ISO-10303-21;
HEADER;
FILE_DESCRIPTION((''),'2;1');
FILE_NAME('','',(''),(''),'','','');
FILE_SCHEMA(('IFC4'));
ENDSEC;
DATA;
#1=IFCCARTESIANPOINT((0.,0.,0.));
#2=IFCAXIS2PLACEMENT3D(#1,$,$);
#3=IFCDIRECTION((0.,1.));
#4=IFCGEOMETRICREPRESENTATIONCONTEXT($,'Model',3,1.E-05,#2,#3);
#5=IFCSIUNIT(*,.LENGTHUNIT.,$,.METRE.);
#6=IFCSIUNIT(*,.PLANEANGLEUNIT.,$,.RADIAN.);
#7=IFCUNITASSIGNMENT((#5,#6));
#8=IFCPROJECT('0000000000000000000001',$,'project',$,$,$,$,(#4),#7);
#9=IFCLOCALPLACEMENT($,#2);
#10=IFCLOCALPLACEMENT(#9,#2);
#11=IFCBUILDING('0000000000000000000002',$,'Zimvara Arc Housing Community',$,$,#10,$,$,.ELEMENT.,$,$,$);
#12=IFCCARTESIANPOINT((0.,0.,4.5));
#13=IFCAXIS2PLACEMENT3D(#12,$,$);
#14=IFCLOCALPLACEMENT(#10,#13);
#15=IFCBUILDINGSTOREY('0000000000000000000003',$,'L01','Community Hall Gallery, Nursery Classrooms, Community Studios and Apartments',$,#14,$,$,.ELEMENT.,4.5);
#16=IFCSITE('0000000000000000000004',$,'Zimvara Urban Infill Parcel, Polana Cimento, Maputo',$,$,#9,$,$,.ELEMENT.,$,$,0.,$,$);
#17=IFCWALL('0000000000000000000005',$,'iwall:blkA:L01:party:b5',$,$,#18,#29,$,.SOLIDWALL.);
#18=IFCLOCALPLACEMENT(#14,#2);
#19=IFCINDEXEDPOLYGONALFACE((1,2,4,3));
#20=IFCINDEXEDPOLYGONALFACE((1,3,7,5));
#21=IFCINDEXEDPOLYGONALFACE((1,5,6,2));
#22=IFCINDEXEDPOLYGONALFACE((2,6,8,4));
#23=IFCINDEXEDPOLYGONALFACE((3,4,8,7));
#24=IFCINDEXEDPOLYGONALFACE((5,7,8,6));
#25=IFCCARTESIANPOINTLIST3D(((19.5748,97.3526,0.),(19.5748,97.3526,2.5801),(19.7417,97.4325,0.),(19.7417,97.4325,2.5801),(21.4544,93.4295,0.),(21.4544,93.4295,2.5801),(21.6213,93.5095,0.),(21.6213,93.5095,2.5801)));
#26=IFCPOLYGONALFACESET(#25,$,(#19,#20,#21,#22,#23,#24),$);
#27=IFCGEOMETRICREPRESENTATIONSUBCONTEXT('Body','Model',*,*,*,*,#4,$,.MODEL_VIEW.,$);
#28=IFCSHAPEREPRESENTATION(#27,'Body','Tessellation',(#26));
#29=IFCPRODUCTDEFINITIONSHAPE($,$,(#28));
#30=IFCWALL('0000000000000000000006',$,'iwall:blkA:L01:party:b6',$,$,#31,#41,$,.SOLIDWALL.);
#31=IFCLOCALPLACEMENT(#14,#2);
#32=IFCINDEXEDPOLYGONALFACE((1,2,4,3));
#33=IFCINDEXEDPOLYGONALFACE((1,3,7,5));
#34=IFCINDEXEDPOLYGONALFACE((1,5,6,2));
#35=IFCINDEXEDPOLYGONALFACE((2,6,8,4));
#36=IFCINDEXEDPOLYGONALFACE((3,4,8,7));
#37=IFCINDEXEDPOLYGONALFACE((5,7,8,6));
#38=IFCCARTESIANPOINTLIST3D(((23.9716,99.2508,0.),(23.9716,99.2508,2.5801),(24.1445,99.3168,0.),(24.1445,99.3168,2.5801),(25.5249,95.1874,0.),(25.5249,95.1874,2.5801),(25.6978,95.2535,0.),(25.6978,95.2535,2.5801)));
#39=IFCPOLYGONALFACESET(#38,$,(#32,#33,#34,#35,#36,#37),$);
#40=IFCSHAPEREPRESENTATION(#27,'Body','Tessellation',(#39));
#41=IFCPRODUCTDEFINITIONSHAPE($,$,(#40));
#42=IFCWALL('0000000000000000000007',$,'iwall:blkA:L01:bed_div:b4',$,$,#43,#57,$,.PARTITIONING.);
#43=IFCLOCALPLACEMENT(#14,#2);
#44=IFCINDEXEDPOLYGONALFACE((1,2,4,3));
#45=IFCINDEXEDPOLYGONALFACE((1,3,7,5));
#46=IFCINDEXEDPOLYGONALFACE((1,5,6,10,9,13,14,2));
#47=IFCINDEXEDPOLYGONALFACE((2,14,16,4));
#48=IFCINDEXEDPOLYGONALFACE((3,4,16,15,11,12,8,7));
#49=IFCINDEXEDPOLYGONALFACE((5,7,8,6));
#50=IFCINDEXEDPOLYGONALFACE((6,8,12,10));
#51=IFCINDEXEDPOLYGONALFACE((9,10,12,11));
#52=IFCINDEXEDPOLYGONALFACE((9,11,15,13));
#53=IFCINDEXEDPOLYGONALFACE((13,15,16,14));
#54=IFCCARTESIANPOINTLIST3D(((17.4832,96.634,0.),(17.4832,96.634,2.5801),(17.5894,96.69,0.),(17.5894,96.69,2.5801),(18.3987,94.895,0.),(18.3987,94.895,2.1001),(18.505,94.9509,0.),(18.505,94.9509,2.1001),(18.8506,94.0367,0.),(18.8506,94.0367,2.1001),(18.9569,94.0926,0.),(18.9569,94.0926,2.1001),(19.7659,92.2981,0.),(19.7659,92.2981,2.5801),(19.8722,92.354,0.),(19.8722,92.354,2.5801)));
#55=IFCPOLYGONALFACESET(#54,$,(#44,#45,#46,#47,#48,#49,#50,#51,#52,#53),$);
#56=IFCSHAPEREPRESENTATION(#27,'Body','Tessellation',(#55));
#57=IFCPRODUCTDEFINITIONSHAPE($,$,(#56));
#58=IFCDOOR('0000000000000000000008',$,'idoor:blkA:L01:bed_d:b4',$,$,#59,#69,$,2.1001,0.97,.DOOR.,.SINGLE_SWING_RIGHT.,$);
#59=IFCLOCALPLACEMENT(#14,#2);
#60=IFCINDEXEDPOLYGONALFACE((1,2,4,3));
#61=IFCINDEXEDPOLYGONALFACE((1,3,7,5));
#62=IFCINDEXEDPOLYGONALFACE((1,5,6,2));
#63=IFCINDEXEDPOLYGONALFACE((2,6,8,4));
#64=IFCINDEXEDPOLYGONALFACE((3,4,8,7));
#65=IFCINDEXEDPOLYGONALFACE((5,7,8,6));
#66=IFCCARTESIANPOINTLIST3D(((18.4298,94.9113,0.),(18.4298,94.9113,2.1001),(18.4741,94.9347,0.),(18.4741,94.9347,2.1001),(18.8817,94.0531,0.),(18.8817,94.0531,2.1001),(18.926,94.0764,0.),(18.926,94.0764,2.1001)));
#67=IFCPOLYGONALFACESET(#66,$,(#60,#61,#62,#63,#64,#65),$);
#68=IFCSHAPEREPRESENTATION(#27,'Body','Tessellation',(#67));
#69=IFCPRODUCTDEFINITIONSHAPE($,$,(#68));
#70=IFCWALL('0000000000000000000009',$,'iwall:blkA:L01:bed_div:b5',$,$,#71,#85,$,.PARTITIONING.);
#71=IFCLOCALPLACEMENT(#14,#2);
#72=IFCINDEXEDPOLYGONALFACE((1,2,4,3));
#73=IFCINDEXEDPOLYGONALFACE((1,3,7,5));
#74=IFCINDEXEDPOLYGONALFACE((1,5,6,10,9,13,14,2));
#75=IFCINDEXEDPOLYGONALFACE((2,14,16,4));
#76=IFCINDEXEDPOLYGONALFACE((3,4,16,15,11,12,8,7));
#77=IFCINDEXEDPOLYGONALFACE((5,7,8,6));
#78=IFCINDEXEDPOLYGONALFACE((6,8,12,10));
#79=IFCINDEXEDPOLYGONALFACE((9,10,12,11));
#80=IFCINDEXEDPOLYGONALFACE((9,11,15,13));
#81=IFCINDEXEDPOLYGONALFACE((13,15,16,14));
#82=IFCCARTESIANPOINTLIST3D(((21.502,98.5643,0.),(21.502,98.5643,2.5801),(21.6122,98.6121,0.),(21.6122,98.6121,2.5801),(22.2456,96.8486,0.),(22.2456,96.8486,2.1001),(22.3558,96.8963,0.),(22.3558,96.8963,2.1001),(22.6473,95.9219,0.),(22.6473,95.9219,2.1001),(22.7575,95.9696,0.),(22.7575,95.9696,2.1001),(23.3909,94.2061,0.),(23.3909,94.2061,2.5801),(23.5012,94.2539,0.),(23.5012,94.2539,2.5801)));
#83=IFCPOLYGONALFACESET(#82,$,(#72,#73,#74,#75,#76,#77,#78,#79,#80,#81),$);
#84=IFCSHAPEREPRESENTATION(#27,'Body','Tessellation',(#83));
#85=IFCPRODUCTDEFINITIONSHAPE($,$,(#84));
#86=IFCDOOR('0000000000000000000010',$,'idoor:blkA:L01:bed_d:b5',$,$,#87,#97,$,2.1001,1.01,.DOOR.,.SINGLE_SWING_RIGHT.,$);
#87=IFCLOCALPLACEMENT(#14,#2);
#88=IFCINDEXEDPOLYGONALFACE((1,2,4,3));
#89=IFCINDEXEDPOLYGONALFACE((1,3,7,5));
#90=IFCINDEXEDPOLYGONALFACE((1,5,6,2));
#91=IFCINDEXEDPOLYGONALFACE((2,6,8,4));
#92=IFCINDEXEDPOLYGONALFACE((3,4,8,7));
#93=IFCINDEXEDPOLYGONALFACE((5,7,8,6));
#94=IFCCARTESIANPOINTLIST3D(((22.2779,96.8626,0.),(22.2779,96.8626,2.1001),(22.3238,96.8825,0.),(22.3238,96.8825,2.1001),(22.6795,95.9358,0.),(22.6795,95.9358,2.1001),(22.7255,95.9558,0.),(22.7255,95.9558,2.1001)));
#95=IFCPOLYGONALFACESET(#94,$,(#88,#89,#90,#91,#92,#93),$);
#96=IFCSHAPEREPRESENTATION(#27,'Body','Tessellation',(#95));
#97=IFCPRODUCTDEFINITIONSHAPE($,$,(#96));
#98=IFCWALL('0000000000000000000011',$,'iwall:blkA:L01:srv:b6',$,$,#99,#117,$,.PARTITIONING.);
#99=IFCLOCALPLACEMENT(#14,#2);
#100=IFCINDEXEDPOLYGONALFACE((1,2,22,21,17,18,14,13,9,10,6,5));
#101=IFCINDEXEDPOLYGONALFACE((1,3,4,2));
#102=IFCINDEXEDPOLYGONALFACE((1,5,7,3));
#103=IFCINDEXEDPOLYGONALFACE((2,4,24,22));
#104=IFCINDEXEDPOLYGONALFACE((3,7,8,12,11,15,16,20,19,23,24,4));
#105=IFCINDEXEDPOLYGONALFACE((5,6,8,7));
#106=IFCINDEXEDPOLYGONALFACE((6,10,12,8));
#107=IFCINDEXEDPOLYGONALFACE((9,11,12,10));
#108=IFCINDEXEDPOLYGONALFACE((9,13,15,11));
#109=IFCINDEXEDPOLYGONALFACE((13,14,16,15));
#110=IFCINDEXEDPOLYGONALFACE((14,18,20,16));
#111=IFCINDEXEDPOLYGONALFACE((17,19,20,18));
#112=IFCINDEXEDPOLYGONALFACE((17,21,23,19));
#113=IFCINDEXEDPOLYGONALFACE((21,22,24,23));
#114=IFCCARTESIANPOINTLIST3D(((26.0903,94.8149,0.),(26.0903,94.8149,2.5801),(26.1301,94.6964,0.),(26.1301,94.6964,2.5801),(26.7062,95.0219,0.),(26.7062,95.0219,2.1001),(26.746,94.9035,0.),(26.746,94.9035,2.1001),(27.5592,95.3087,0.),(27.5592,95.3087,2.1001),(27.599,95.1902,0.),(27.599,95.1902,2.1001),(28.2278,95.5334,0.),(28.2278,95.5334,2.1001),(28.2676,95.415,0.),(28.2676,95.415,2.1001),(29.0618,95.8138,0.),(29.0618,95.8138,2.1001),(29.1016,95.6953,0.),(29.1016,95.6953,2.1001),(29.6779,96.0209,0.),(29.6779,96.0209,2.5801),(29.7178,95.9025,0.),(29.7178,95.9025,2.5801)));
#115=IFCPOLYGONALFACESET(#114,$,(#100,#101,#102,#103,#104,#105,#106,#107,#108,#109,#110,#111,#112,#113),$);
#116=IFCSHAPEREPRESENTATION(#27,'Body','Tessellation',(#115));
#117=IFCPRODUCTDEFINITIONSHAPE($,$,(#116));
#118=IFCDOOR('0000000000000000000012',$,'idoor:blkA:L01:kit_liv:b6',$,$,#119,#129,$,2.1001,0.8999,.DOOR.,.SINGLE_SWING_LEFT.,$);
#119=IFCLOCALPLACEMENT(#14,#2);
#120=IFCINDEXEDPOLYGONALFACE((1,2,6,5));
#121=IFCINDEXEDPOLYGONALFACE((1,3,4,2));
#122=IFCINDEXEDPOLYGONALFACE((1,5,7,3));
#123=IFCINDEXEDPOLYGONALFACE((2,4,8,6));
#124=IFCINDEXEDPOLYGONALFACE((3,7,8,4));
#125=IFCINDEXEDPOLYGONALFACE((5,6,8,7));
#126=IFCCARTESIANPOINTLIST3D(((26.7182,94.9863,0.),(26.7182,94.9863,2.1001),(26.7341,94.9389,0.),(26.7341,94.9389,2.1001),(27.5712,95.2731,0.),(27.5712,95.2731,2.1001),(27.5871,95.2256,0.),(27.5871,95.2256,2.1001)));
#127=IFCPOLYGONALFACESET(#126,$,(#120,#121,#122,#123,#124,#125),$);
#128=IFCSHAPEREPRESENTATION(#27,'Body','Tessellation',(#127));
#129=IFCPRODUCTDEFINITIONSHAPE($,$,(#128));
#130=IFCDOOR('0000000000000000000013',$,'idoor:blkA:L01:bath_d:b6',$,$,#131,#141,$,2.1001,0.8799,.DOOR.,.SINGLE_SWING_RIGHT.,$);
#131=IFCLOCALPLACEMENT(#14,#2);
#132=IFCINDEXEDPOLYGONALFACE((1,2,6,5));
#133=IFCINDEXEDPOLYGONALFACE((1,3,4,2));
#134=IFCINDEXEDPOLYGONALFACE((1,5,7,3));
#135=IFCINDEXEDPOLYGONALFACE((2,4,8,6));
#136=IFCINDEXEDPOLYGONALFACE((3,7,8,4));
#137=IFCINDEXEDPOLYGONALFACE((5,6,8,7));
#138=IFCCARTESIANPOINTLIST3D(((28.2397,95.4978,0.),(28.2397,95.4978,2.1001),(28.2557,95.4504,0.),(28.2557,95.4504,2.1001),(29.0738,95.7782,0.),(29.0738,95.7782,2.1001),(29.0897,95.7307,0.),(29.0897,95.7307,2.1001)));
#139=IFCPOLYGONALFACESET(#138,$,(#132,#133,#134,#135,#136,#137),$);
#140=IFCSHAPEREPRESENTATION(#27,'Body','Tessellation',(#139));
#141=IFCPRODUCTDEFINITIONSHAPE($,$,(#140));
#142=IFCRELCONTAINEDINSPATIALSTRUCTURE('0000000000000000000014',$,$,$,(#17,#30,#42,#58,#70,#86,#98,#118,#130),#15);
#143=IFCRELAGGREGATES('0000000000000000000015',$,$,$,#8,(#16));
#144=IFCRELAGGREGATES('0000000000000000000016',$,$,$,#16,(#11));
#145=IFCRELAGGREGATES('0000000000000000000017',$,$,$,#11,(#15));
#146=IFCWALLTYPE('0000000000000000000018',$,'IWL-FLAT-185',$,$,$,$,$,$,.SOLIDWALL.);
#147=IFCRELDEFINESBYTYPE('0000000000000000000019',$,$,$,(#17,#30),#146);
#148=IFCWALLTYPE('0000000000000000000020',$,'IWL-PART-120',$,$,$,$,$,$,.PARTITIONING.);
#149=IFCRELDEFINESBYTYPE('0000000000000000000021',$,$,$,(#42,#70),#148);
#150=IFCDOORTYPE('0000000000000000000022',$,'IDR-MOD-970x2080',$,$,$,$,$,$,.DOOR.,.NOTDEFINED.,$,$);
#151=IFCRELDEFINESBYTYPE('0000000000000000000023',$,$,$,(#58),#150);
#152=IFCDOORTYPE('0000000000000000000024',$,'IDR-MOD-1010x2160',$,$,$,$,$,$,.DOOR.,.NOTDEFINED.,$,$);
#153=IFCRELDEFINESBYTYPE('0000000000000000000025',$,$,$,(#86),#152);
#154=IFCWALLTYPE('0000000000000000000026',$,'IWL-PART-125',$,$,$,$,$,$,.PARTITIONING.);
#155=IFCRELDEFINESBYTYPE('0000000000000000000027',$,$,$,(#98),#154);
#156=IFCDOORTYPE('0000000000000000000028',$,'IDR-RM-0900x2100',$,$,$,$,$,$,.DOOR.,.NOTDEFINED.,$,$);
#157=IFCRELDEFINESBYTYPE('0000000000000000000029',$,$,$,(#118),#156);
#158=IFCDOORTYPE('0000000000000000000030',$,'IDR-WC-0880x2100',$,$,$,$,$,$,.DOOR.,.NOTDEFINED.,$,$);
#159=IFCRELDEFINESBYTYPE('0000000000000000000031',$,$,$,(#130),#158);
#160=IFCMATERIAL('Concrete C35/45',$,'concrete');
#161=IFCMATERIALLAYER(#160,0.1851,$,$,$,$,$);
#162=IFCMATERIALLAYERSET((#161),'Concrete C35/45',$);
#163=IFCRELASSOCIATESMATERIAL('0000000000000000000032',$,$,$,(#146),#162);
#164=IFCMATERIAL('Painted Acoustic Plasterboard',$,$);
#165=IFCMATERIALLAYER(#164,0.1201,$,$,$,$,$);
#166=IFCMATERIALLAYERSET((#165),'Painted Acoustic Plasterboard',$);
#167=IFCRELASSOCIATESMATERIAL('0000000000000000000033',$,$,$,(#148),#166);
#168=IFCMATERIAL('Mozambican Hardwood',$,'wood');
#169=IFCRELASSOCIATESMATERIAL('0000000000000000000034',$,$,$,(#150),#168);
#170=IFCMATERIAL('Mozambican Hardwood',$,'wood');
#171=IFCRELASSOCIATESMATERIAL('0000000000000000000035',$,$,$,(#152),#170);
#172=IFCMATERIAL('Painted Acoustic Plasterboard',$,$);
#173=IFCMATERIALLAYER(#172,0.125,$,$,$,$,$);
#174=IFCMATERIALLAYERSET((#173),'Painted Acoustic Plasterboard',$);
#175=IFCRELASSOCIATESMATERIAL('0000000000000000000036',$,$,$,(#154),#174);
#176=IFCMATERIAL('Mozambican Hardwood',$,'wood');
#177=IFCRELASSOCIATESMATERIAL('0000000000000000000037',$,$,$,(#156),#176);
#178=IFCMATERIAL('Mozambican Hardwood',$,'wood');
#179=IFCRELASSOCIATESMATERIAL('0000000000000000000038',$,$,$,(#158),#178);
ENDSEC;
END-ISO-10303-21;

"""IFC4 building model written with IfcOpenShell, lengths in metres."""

from ifc_helpers import new_model, si_unit, direction, frame, frame_2d, origin, place, context, subcontext, project, spatial, rectangle, extrude, material, layer, layer_set, type_object, element, fill, save


model = new_model("IFC4")

# Units and contexts
model_context = context("Model", 3, precision=1e-05, world=origin(), true_north=direction((0.0, 1.0)))
body_context = subcontext(model_context, "Body", "Model", "MODEL_VIEW")
ifc_project = project(units=[si_unit("LENGTHUNIT", "METRE"), si_unit("PLANEANGLEUNIT", "RADIAN")], contexts=[model_context])

# Site, building, storey
site_placement = place(None, origin())
site = spatial("IfcSite", under=ifc_project, at=site_placement, Name="Zimvara Urban Infill Parcel, Polana Cimento, Maputo", CompositionType="ELEMENT", RefElevation=0.0)
building_placement = place(site_placement, origin())
building = spatial("IfcBuilding", under=site, at=building_placement, Name="Zimvara Arc Housing Community", CompositionType="ELEMENT")
storey_placement = place(building_placement, frame((0.0, 0.0, 4.5)))
storey = spatial("IfcBuildingStorey", under=building, at=storey_placement, Name="L01", Description="Community Hall Gallery, Nursery Classrooms, Community Studios and Apartments", CompositionType="ELEMENT", Elevation=4.5)

# Walls
ifc_material_1 = material(Name="Concrete C35/45", Category="concrete")
ifc_layer_1 = layer(ifc_material_1, 0.1851)
ifc_layer_set_1 = layer_set([ifc_layer_1], Name="Concrete C35/45")
wall_type_1 = type_object("IfcWallType", Name="IWL-FLAT-185", PredefinedType="SOLIDWALL", material=ifc_layer_set_1)
for number, where, z_axis, x_axis, name in (
    (1, (21.5378, 93.4695, 0.0), (0.0, 0.0, 1.0), (-0.432087, 0.901832, 0.0), "iwall:blkA:L01:party:b5"),
    (2, (25.6113, 95.2205, 0.0), (0.0, 0.0, 1.0), (-0.357064, 0.93408, 0.0), "iwall:blkA:L01:party:b6"),
):
    element("IfcWall", number, at=place(storey_placement, frame(where, z_axis=z_axis, x_axis=x_axis)), inside=storey, type_object=wall_type_1, Name=name, PredefinedType="SOLIDWALL", context=body_context, shape_type="SweptSolid", body=[
        extrude(rectangle(XDim=4.3501, YDim=0.1851, at=frame_2d((2.175, 0.0))), origin(), (0.0, 0.0, 1.0), 2.5801),
    ])

# Walls, openings, doors
ifc_material_2 = material(Name="Painted Acoustic Plasterboard")
ifc_layer_2 = layer(ifc_material_2, 0.1201)
ifc_layer_set_2 = layer_set([ifc_layer_2], Name="Painted Acoustic Plasterboard")
wall_type_2 = type_object("IfcWallType", Name="IWL-PART-120", PredefinedType="PARTITIONING", material=ifc_layer_set_2)
wall_1_placement = place(storey_placement, frame((19.8191, 92.3259, 0.0), z_axis=(0.0, 0.0, 1.0), x_axis=(-0.465849, 0.884864, 0.0)))
wall_1 = element("IfcWall", 3, at=wall_1_placement, inside=storey, type_object=wall_type_2, Name="iwall:blkA:L01:bed_div:b4", PredefinedType="PARTITIONING", context=body_context, shape_type="SweptSolid", body=[
    extrude(rectangle(XDim=4.9001, YDim=0.1201, at=frame_2d((2.4502, 0.0))), origin(), (0.0, 0.0, 1.0), 2.5801),
])
opening_1_placement = place(wall_1_placement, frame((1.9651, 0.0, 0.0)))
opening_1 = element("IfcOpeningElement", 4, at=opening_1_placement, cuts=wall_1, PredefinedType="OPENING", context=body_context, shape_type="SweptSolid", body=[
    extrude(rectangle(XDim=0.97, YDim=2.1001, at=frame_2d((0.4849, 1.05))), frame((0.0, 0.0701, 0.0), z_axis=(0.0, -1.0, 0.0), x_axis=(1.0, 0.0, 0.0)), (0.0, 0.0, 1.0), 0.1401),
])
ifc_material_3 = material(Name="Mozambican Hardwood", Category="wood")
door_type_1 = type_object("IfcDoorType", Name="IDR-MOD-970x2080", OperationType="NOTDEFINED", PredefinedType="DOOR", material=ifc_material_3)
door_1_placement = place(opening_1_placement, origin())
door_1 = element("IfcDoor", 5, at=door_1_placement, inside=storey, type_object=door_type_1, Name="idoor:blkA:L01:bed_d:b4", OperationType="SINGLE_SWING_RIGHT", OverallHeight=2.1001, OverallWidth=0.97, PredefinedType="DOOR", context=body_context, shape_type="SweptSolid", body=[
    extrude(rectangle(XDim=0.97, YDim=2.1001, at=frame_2d((0.4849, 1.05))), frame((0.0, 0.0249, 0.0), z_axis=(0.0, -1.0, 0.0), x_axis=(1.0, 0.0, 0.0)), (0.0, 0.0, 1.0), 0.05),
])
fill(opening_1, door_1)
wall_2_placement = place(storey_placement, frame((23.446, 94.23, 0.0), z_axis=(0.0, 0.0, 1.0), x_axis=(-0.397675, 0.917526, 0.0)))
wall_2 = element("IfcWall", 6, at=wall_2_placement, inside=storey, type_object=wall_type_2, Name="iwall:blkA:L01:bed_div:b5", PredefinedType="PARTITIONING", context=body_context, shape_type="SweptSolid", body=[
    extrude(rectangle(XDim=4.75, YDim=0.1201, at=frame_2d((2.375, 0.0))), origin(), (0.0, 0.0, 1.0), 2.5801),
])
opening_2_placement = place(wall_2_placement, frame((1.8701, 0.0, 0.0)))
opening_2 = element("IfcOpeningElement", 7, at=opening_2_placement, cuts=wall_2, PredefinedType="OPENING", context=body_context, shape_type="SweptSolid", body=[
    extrude(rectangle(XDim=1.01, YDim=2.1001, at=frame_2d((0.5049, 1.05))), frame((0.0, 0.0701, 0.0), z_axis=(0.0, -1.0, 0.0), x_axis=(1.0, 0.0, 0.0)), (0.0, 0.0, 1.0), 0.1401),
])
ifc_material_4 = material(Name="Mozambican Hardwood", Category="wood")
door_type_2 = type_object("IfcDoorType", Name="IDR-MOD-1010x2160", OperationType="NOTDEFINED", PredefinedType="DOOR", material=ifc_material_4)
door_2_placement = place(opening_2_placement, origin())
door_2 = element("IfcDoor", 8, at=door_2_placement, inside=storey, type_object=door_type_2, Name="idoor:blkA:L01:bed_d:b5", OperationType="SINGLE_SWING_RIGHT", OverallHeight=2.1001, OverallWidth=1.01, PredefinedType="DOOR", context=body_context, shape_type="SweptSolid", body=[
    extrude(rectangle(XDim=1.01, YDim=2.1001, at=frame_2d((0.5049, 1.05))), frame((0.0, 0.0249, 0.0), z_axis=(0.0, -1.0, 0.0), x_axis=(1.0, 0.0, 0.0)), (0.0, 0.0, 1.0), 0.05),
])
fill(opening_2, door_2)

# Wall, openings, doors
ifc_material_5 = material(Name="Painted Acoustic Plasterboard")
ifc_layer_3 = layer(ifc_material_5, 0.125)
ifc_layer_set_3 = layer_set([ifc_layer_3], Name="Painted Acoustic Plasterboard")
wall_type_3 = type_object("IfcWallType", Name="IWL-PART-125", PredefinedType="PARTITIONING", material=ifc_layer_set_3)
wall_3_placement = place(storey_placement, frame((26.1101, 94.7556, 0.0), z_axis=(0.0, 0.0, 1.0), x_axis=(0.947874, 0.318646, 0.0)))
wall_3 = element("IfcWall", 9, at=wall_3_placement, inside=storey, type_object=wall_type_3, Name="iwall:blkA:L01:srv:b6", PredefinedType="PARTITIONING", context=body_context, shape_type="SweptSolid", body=[
    extrude(rectangle(XDim=3.7849, YDim=0.125, at=frame_2d((1.8926, 0.0))), origin(), (0.0, 0.0, 1.0), 2.5801),
])
opening_3_placement = place(wall_3_placement, frame((0.6499, 0.0, 0.0)))
opening_3 = element("IfcOpeningElement", 10, at=opening_3_placement, cuts=wall_3, PredefinedType="OPENING", context=body_context, shape_type="SweptSolid", body=[
    extrude(rectangle(XDim=0.8999, YDim=2.1001, at=frame_2d((0.45, 1.05))), frame((0.0, 0.0725, 0.0), z_axis=(0.0, -1.0, 0.0), x_axis=(1.0, 0.0, 0.0)), (0.0, 0.0, 1.0), 0.145),
])
opening_4_placement = place(wall_3_placement, frame((2.2551, 0.0, 0.0)))
opening_4 = element("IfcOpeningElement", 11, at=opening_4_placement, cuts=wall_3, PredefinedType="OPENING", context=body_context, shape_type="SweptSolid", body=[
    extrude(rectangle(XDim=0.8799, YDim=2.1001, at=frame_2d((0.4399, 1.05))), frame((0.0, 0.0725, 0.0), z_axis=(0.0, -1.0, 0.0), x_axis=(1.0, 0.0, 0.0)), (0.0, 0.0, 1.0), 0.145),
])
ifc_material_6 = material(Name="Mozambican Hardwood", Category="wood")
door_type_3 = type_object("IfcDoorType", Name="IDR-RM-0900x2100", OperationType="NOTDEFINED", PredefinedType="DOOR", material=ifc_material_6)
door_3_placement = place(opening_3_placement, origin())
door_3 = element("IfcDoor", 12, at=door_3_placement, inside=storey, type_object=door_type_3, Name="idoor:blkA:L01:kit_liv:b6", OperationType="SINGLE_SWING_LEFT", OverallHeight=2.1001, OverallWidth=0.8999, PredefinedType="DOOR", context=body_context, shape_type="SweptSolid", body=[
    extrude(rectangle(XDim=0.8999, YDim=2.1001, at=frame_2d((0.45, 1.05))), frame((0.0, 0.0249, 0.0), z_axis=(0.0, -1.0, 0.0), x_axis=(1.0, 0.0, 0.0)), (0.0, 0.0, 1.0), 0.05),
])
fill(opening_3, door_3)
ifc_material_7 = material(Name="Mozambican Hardwood", Category="wood")
door_type_4 = type_object("IfcDoorType", Name="IDR-WC-0880x2100", OperationType="NOTDEFINED", PredefinedType="DOOR", material=ifc_material_7)
door_4_placement = place(opening_4_placement, origin())
door_4 = element("IfcDoor", 13, at=door_4_placement, inside=storey, type_object=door_type_4, Name="idoor:blkA:L01:bath_d:b6", OperationType="SINGLE_SWING_RIGHT", OverallHeight=2.1001, OverallWidth=0.8799, PredefinedType="DOOR", context=body_context, shape_type="SweptSolid", body=[
    extrude(rectangle(XDim=0.8799, YDim=2.1001, at=frame_2d((0.4399, 1.05))), frame((0.0, 0.0249, 0.0), z_axis=(0.0, -1.0, 0.0), x_axis=(1.0, 0.0, 0.0)), (0.0, 0.0, 1.0), 0.05),
])
fill(opening_4, door_4)

save(model, "model.ifc")
